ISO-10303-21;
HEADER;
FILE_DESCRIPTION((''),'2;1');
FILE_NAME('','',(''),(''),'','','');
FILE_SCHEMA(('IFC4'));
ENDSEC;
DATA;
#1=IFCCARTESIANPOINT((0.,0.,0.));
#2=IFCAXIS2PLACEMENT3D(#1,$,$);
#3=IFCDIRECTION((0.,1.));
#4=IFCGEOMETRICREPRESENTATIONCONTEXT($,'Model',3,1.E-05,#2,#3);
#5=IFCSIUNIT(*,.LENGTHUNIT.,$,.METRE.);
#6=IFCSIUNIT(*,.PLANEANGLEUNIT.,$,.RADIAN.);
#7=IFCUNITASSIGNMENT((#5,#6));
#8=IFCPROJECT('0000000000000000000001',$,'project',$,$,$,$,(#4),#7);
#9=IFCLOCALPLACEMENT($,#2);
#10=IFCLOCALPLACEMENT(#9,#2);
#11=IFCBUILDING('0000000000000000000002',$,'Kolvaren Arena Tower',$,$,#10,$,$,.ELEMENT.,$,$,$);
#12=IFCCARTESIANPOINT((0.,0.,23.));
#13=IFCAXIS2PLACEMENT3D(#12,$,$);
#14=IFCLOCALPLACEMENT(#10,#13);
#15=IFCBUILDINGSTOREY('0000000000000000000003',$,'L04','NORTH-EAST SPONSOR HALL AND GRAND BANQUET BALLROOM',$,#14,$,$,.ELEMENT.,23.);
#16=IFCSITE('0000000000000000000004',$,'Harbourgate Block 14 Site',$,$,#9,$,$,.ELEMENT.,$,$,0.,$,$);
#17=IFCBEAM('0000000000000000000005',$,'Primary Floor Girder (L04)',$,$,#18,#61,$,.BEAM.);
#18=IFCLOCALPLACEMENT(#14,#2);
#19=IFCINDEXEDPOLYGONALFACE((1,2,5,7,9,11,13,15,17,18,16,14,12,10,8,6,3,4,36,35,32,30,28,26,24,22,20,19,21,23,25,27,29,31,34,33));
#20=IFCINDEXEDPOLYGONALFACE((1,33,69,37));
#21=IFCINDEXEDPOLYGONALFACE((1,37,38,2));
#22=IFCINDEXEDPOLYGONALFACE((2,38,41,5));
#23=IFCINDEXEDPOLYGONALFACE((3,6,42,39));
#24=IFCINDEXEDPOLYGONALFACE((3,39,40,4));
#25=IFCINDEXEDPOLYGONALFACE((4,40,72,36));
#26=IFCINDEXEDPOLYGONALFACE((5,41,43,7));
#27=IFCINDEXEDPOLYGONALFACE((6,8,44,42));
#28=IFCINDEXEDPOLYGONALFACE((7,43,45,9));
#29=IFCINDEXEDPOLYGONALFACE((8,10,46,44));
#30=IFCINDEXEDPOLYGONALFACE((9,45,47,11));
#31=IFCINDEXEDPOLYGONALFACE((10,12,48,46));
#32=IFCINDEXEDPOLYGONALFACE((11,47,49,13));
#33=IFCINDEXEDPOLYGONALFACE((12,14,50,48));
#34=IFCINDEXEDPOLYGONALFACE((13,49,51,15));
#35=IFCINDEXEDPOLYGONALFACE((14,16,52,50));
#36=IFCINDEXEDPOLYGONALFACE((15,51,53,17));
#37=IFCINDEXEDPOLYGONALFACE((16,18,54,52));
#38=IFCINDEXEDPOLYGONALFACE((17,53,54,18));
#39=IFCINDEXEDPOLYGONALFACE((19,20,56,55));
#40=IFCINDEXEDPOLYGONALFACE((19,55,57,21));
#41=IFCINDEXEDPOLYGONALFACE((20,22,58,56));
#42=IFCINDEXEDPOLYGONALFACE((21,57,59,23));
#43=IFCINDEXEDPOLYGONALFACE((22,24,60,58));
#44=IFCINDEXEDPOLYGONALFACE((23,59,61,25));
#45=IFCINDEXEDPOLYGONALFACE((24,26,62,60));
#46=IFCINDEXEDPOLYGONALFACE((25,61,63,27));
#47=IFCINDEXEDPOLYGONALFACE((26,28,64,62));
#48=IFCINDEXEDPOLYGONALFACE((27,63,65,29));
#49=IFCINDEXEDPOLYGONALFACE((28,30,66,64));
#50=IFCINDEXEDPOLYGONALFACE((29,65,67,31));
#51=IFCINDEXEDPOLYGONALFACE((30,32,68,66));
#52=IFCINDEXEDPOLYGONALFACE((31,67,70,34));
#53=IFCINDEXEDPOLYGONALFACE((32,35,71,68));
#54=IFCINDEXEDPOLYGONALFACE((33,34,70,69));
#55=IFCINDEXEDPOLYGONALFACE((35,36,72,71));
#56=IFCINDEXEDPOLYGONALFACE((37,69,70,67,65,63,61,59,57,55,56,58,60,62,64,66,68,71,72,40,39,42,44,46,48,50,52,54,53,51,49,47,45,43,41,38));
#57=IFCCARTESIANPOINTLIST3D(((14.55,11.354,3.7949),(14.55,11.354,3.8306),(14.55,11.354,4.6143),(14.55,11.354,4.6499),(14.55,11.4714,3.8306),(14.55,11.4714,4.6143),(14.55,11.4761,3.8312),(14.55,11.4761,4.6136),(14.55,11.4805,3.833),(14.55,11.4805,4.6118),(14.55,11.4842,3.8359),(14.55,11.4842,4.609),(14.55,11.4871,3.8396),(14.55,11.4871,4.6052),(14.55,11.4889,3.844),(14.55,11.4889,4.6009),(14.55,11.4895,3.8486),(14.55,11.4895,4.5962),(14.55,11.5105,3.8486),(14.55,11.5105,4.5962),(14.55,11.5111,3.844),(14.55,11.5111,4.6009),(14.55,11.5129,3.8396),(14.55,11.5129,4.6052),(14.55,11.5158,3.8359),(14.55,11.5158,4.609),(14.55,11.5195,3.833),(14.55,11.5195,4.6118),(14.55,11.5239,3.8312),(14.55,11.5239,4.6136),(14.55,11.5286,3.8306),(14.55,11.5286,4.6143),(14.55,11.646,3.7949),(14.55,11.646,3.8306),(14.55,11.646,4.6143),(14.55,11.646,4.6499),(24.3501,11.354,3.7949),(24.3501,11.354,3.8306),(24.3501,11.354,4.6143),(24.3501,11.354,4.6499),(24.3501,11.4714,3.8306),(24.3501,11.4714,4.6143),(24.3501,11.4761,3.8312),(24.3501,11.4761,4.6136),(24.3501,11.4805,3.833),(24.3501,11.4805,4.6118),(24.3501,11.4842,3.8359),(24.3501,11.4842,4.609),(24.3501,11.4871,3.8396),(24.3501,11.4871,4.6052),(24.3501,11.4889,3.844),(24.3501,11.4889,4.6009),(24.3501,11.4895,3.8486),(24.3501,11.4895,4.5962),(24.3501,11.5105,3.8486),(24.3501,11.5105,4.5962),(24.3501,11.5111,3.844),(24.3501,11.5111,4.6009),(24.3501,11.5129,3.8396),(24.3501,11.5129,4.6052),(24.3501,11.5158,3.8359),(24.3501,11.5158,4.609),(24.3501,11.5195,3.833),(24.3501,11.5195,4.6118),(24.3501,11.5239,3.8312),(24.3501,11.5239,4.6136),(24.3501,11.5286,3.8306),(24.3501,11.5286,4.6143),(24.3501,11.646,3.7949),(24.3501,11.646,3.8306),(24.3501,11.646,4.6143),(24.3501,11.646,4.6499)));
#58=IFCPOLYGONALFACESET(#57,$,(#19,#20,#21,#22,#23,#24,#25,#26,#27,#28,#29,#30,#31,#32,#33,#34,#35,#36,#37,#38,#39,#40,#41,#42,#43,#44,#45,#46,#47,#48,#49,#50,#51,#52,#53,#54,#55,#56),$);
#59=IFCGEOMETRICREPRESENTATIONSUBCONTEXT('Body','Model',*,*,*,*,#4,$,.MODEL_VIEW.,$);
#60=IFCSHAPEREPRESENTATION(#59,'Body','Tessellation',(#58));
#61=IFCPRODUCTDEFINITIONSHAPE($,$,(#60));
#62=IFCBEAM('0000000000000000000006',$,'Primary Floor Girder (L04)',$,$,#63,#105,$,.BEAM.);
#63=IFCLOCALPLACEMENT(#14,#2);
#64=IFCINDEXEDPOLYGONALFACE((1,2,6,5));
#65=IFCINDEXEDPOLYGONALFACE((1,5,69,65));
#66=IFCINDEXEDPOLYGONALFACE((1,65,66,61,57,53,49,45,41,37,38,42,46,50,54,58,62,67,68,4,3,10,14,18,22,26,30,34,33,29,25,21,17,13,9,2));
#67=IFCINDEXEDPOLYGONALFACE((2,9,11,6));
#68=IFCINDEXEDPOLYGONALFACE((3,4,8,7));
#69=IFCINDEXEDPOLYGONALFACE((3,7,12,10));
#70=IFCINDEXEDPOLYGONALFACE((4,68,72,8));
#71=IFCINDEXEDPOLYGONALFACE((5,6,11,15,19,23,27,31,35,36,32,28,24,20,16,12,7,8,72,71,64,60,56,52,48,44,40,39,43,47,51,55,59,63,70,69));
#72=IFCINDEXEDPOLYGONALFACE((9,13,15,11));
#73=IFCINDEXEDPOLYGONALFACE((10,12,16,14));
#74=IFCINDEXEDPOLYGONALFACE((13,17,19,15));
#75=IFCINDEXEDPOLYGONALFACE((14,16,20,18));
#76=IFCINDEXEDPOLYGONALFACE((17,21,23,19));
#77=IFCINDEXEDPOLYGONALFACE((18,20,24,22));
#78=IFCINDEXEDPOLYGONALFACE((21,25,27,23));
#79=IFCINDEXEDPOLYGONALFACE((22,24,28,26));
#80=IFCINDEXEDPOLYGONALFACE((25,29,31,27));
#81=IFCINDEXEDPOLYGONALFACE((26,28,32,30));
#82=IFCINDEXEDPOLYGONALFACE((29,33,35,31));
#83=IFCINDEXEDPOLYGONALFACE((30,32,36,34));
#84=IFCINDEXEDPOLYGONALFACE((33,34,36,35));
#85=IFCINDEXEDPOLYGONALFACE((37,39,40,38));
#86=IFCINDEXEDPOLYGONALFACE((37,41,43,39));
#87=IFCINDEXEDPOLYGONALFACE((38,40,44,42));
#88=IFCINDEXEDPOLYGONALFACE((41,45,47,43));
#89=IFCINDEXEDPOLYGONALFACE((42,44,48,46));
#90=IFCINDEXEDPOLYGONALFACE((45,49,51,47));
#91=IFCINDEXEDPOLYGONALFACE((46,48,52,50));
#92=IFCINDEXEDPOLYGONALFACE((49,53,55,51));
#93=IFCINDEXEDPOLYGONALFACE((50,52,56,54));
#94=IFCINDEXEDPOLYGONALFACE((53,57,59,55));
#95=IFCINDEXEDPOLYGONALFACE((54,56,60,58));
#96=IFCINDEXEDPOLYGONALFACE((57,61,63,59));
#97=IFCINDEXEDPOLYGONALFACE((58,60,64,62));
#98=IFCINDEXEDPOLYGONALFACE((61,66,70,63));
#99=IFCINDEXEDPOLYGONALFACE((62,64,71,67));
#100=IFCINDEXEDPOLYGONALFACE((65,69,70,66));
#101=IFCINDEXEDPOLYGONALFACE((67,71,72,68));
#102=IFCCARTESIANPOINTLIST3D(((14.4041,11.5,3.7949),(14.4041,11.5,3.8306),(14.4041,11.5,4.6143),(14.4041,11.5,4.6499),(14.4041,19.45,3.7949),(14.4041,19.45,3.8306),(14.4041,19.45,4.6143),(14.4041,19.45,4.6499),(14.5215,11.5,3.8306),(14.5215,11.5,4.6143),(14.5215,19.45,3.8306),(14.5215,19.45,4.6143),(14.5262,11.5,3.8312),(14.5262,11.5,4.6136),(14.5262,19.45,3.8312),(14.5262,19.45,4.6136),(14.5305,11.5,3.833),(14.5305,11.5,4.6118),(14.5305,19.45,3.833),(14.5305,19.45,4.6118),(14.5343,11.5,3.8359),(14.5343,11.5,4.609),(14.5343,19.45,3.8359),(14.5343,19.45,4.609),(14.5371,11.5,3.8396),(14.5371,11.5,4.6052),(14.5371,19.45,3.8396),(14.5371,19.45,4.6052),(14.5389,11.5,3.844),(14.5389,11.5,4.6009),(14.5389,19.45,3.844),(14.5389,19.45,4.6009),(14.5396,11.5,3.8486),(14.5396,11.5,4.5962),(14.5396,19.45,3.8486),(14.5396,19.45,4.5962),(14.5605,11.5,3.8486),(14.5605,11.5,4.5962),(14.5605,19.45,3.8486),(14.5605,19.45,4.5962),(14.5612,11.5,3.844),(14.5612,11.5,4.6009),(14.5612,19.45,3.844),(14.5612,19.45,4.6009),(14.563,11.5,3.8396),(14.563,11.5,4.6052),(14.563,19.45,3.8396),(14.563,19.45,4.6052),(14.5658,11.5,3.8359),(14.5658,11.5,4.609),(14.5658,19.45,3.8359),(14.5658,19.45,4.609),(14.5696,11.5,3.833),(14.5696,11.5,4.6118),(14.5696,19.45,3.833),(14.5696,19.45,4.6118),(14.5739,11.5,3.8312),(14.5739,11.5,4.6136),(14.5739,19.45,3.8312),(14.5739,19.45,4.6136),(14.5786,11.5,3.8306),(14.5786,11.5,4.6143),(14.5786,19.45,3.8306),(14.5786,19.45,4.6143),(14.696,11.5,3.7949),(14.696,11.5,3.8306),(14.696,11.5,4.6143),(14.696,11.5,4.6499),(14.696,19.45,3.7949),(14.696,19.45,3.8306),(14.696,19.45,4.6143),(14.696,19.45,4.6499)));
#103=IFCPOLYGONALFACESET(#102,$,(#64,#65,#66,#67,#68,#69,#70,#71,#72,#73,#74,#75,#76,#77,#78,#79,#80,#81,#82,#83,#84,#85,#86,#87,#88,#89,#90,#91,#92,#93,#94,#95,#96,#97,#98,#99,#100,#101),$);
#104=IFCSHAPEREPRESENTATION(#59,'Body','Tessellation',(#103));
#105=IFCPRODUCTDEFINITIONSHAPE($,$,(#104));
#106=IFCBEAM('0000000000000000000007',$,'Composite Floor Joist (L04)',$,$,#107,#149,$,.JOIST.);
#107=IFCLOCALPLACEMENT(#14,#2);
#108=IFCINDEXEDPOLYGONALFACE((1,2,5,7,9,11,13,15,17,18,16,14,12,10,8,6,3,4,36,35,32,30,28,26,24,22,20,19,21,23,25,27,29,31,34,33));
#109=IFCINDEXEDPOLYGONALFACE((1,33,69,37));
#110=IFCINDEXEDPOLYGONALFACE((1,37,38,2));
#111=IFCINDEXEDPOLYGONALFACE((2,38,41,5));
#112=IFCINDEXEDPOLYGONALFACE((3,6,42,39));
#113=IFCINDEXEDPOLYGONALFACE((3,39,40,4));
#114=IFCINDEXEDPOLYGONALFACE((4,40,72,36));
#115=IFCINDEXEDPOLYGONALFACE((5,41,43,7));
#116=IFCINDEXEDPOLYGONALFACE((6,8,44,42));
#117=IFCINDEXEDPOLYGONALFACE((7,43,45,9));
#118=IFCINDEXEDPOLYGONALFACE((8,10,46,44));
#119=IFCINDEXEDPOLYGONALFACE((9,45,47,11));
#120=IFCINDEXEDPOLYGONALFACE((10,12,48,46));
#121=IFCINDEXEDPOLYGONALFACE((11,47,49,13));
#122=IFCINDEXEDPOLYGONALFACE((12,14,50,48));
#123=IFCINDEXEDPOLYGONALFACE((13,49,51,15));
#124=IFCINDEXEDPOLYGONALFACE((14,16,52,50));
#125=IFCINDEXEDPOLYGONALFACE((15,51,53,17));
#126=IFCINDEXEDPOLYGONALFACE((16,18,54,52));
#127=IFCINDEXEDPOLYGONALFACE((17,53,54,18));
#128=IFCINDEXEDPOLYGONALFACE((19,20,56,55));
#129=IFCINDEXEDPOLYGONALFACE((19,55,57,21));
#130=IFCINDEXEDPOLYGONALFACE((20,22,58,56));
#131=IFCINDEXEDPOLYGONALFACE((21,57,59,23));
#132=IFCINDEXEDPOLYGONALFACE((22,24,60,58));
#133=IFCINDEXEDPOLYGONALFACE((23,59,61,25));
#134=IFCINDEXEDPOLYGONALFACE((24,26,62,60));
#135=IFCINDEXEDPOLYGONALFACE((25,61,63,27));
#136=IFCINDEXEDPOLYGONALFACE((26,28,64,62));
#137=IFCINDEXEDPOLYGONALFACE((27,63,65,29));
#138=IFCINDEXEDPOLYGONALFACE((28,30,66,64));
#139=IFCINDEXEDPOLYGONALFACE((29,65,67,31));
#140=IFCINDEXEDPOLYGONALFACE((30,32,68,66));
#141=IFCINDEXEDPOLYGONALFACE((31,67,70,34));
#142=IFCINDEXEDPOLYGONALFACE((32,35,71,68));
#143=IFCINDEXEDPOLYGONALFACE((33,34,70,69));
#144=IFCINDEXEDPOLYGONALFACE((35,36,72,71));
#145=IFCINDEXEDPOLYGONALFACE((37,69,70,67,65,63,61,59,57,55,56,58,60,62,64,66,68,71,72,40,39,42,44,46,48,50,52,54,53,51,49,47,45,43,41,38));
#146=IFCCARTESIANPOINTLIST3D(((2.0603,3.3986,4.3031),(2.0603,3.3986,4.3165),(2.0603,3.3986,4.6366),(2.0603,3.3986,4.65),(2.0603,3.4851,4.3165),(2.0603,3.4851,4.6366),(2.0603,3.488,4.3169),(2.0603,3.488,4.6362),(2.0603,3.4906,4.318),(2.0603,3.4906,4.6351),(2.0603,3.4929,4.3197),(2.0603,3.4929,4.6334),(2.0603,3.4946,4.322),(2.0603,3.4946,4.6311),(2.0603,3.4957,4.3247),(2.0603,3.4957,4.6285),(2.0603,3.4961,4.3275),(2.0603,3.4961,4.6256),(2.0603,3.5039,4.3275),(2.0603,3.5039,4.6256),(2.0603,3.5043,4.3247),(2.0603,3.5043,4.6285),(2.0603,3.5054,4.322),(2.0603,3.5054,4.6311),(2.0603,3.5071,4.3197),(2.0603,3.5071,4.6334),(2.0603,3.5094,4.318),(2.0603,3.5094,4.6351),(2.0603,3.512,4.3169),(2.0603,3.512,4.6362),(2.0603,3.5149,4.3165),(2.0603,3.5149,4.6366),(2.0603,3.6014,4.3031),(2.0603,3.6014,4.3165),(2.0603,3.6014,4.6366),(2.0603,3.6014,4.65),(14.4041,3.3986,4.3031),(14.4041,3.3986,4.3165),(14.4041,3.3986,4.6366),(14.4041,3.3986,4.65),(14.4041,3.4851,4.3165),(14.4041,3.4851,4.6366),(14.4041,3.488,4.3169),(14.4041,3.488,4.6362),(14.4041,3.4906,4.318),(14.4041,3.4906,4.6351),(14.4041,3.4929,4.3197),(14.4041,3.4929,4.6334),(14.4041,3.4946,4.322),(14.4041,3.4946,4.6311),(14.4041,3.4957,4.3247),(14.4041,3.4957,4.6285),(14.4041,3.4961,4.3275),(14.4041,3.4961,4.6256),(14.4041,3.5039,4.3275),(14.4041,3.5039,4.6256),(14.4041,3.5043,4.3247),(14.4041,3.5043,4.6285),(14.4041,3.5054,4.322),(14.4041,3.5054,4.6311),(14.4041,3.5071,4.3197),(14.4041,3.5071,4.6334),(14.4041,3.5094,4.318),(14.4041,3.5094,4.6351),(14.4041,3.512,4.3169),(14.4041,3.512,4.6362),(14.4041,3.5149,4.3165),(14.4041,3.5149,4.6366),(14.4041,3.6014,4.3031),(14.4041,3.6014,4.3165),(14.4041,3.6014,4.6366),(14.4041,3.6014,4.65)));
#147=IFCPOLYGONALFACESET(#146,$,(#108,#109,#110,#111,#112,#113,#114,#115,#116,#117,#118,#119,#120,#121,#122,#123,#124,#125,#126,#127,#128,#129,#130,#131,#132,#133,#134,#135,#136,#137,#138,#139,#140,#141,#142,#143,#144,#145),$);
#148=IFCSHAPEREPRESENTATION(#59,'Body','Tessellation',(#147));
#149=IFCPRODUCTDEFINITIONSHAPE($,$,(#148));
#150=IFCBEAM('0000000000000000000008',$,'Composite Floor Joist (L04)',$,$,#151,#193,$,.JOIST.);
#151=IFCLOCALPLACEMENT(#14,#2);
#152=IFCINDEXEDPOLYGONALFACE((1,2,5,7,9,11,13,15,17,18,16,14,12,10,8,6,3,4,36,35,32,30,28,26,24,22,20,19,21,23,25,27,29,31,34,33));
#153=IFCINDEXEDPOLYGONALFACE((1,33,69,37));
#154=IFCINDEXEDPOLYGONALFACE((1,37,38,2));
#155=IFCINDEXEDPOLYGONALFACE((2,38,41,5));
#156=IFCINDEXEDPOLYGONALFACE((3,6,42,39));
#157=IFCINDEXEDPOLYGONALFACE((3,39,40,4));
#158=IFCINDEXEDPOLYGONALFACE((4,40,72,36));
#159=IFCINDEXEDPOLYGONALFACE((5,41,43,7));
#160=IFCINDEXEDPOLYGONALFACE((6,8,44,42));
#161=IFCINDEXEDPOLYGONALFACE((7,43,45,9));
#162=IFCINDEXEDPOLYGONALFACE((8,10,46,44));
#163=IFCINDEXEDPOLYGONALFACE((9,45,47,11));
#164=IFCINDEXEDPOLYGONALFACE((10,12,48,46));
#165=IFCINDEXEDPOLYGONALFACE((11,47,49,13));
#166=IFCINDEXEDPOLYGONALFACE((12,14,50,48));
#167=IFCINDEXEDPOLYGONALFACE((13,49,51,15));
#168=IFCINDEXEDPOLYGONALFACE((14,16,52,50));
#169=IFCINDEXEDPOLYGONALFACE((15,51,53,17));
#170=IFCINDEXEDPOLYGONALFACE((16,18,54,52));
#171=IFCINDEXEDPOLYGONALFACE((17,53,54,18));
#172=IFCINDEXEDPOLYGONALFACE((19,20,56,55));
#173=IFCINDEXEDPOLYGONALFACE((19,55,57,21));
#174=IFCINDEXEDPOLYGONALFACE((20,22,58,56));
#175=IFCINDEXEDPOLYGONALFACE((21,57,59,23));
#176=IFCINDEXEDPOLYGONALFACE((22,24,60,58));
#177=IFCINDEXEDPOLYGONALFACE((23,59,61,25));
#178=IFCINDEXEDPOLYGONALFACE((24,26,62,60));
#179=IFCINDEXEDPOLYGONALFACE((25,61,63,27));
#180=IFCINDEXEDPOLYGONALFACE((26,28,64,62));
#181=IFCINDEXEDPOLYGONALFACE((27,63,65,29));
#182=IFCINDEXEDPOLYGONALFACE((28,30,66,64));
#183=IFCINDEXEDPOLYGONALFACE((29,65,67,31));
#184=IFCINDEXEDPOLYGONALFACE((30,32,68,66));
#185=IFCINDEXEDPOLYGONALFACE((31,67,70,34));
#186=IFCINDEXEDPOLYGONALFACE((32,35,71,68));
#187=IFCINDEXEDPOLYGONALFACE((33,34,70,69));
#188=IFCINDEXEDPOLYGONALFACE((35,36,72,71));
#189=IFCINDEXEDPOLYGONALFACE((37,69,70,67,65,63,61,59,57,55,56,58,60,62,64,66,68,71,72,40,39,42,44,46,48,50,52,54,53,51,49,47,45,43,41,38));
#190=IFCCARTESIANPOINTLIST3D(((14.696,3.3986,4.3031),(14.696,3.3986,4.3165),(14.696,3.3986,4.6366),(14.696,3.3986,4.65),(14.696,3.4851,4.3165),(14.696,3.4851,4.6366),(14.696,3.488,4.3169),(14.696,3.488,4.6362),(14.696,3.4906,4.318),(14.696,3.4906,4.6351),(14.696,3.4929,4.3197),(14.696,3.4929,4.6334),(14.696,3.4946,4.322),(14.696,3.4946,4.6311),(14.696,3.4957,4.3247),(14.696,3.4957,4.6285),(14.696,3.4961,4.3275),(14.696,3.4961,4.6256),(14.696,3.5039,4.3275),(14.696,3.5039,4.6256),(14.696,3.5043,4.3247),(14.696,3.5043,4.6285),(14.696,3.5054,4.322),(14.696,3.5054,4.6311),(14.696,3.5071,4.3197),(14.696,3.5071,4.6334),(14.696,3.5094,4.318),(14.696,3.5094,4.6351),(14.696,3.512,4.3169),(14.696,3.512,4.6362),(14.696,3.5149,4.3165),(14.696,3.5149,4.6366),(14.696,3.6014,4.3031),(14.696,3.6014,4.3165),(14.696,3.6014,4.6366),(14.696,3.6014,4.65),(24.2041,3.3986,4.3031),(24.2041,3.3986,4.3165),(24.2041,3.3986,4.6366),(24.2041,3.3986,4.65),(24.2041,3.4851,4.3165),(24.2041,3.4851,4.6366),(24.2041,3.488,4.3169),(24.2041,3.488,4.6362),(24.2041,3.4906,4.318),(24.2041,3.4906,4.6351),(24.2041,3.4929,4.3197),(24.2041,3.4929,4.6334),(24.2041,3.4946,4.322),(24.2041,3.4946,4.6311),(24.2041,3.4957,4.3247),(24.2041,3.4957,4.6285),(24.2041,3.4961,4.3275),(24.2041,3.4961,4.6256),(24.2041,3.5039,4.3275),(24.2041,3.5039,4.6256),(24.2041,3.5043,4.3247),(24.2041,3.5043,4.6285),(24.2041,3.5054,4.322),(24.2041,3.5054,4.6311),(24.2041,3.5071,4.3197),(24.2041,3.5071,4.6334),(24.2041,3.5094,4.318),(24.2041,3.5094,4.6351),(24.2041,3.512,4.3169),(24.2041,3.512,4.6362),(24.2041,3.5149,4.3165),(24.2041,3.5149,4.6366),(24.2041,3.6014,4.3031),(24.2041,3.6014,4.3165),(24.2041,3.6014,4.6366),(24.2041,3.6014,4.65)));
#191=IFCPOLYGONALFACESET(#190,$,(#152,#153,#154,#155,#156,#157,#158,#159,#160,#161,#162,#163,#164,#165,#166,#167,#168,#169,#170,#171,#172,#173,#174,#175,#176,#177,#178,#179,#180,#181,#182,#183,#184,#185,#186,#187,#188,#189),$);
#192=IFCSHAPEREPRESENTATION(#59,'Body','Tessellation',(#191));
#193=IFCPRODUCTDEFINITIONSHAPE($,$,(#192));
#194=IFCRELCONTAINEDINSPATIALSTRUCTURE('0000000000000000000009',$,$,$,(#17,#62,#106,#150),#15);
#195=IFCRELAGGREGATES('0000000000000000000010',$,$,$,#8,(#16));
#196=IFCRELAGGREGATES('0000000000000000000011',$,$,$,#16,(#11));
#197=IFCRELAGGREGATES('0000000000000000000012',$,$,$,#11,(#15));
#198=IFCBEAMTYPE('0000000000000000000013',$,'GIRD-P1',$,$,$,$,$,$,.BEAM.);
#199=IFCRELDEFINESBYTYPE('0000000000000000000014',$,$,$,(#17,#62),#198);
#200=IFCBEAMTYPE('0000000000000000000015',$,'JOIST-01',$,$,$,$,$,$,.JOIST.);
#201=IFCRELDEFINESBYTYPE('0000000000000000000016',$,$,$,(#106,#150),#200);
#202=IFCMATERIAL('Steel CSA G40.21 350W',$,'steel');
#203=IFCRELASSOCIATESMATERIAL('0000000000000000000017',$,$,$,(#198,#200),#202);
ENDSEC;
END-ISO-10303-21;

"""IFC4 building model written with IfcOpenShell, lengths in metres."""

from ifc_helpers import new_model, si_unit, direction, frame, origin, origin_2d, place, context, subcontext, project, spatial, i_section, extrude, material, material_profile, profile_set, type_object, element, save


model = new_model("IFC4")

# Units and contexts
model_context = context("Model", 3, precision=1e-05, world=origin(), true_north=direction((0.0, 1.0)))
body_context = subcontext(model_context, "Body", "Model", "MODEL_VIEW")
ifc_project = project(units=[si_unit("LENGTHUNIT", "METRE"), si_unit("PLANEANGLEUNIT", "RADIAN")], contexts=[model_context])

# Site, building, storey
site_placement = place(None, origin())
site = spatial("IfcSite", under=ifc_project, at=site_placement, Name="Harbourgate Block 14 Site", CompositionType="ELEMENT", RefElevation=0.0)
building_placement = place(site_placement, origin())
building = spatial("IfcBuilding", under=site, at=building_placement, Name="Kolvaren Arena Tower", CompositionType="ELEMENT")
storey_placement = place(building_placement, frame((0.0, 0.0, 23.0)))
storey = spatial("IfcBuildingStorey", under=building, at=storey_placement, Name="L04", Description="NORTH-EAST SPONSOR HALL AND GRAND BANQUET BALLROOM", CompositionType="ELEMENT", Elevation=23.0)

# Beams
ifc_material_1 = material(Name="Steel CSA G40.21 350W", Category="steel")
ifc_material_profile_1 = material_profile(ifc_material_1, i_section(OverallWidth=0.292, OverallDepth=0.855, WebThickness=0.021, FlangeThickness=0.0356, FilletRadius=0.0181, at=origin_2d()), Name="W840x299")
ifc_profile_set_1 = profile_set([ifc_material_profile_1], Name="Steel CSA G40.21 350W")
beam_type_1 = type_object("IfcBeamType", Name="GIRD-P1", PredefinedType="BEAM", material=ifc_profile_set_1)
beam_1_placement = place(storey_placement, frame((14.55, 11.5, 4.2224), z_axis=(1.0, 0.0, 0.0), x_axis=(0.0, 1.0, 0.0)))
element("IfcBeam", 1, at=beam_1_placement, inside=storey, type_object=beam_type_1, Name="Primary Floor Girder (L04)", PredefinedType="BEAM", context=body_context, shape_type="SweptSolid", body=[
    extrude(i_section(OverallWidth=0.292, OverallDepth=0.855, WebThickness=0.021, FlangeThickness=0.0356, FilletRadius=0.0181, at=origin_2d()), origin(), (0.0, 0.0, 1.0), 9.8),
])
beam_2_placement = place(storey_placement, frame((14.55, 11.5, 4.2224), z_axis=(0.0, 1.0, 0.0), x_axis=(-1.0, 0.0, 0.0)))
element("IfcBeam", 2, at=beam_2_placement, inside=storey, type_object=beam_type_1, Name="Primary Floor Girder (L04)", PredefinedType="BEAM", context=body_context, shape_type="SweptSolid", body=[
    extrude(i_section(OverallWidth=0.292, OverallDepth=0.855, WebThickness=0.021, FlangeThickness=0.0356, FilletRadius=0.0181, at=origin_2d()), origin(), (0.0, 0.0, 1.0), 7.95),
])
ifc_material_profile_2 = material_profile(ifc_material_1, i_section(OverallWidth=0.2029, OverallDepth=0.3469, WebThickness=0.0078, FlangeThickness=0.0134, FilletRadius=0.011, at=origin_2d()), Name="W360x64")
ifc_profile_set_2 = profile_set([ifc_material_profile_2], Name="Steel CSA G40.21 350W")
beam_type_2 = type_object("IfcBeamType", Name="JOIST-01", PredefinedType="JOIST", material=ifc_profile_set_2)
beam_3_placement = place(storey_placement, frame((2.0603, 3.5, 4.4766), z_axis=(1.0, 0.0, 0.0), x_axis=(0.0, 1.0, 0.0)))
element("IfcBeam", 3, at=beam_3_placement, inside=storey, type_object=beam_type_2, Name="Composite Floor Joist (L04)", PredefinedType="JOIST", context=body_context, shape_type="SweptSolid", body=[
    extrude(i_section(OverallWidth=0.2029, OverallDepth=0.3469, WebThickness=0.0078, FlangeThickness=0.0134, FilletRadius=0.011, at=origin_2d()), origin(), (0.0, 0.0, 1.0), 12.3438),
])
beam_4_placement = place(storey_placement, frame((14.696, 3.5, 4.4766), z_axis=(1.0, 0.0, 0.0), x_axis=(0.0, 1.0, 0.0)))
element("IfcBeam", 4, at=beam_4_placement, inside=storey, type_object=beam_type_2, Name="Composite Floor Joist (L04)", PredefinedType="JOIST", context=body_context, shape_type="SweptSolid", body=[
    extrude(i_section(OverallWidth=0.2029, OverallDepth=0.3469, WebThickness=0.0078, FlangeThickness=0.0134, FilletRadius=0.011, at=origin_2d()), origin(), (0.0, 0.0, 1.0), 9.5081),
])

save(model, "model.ifc")
